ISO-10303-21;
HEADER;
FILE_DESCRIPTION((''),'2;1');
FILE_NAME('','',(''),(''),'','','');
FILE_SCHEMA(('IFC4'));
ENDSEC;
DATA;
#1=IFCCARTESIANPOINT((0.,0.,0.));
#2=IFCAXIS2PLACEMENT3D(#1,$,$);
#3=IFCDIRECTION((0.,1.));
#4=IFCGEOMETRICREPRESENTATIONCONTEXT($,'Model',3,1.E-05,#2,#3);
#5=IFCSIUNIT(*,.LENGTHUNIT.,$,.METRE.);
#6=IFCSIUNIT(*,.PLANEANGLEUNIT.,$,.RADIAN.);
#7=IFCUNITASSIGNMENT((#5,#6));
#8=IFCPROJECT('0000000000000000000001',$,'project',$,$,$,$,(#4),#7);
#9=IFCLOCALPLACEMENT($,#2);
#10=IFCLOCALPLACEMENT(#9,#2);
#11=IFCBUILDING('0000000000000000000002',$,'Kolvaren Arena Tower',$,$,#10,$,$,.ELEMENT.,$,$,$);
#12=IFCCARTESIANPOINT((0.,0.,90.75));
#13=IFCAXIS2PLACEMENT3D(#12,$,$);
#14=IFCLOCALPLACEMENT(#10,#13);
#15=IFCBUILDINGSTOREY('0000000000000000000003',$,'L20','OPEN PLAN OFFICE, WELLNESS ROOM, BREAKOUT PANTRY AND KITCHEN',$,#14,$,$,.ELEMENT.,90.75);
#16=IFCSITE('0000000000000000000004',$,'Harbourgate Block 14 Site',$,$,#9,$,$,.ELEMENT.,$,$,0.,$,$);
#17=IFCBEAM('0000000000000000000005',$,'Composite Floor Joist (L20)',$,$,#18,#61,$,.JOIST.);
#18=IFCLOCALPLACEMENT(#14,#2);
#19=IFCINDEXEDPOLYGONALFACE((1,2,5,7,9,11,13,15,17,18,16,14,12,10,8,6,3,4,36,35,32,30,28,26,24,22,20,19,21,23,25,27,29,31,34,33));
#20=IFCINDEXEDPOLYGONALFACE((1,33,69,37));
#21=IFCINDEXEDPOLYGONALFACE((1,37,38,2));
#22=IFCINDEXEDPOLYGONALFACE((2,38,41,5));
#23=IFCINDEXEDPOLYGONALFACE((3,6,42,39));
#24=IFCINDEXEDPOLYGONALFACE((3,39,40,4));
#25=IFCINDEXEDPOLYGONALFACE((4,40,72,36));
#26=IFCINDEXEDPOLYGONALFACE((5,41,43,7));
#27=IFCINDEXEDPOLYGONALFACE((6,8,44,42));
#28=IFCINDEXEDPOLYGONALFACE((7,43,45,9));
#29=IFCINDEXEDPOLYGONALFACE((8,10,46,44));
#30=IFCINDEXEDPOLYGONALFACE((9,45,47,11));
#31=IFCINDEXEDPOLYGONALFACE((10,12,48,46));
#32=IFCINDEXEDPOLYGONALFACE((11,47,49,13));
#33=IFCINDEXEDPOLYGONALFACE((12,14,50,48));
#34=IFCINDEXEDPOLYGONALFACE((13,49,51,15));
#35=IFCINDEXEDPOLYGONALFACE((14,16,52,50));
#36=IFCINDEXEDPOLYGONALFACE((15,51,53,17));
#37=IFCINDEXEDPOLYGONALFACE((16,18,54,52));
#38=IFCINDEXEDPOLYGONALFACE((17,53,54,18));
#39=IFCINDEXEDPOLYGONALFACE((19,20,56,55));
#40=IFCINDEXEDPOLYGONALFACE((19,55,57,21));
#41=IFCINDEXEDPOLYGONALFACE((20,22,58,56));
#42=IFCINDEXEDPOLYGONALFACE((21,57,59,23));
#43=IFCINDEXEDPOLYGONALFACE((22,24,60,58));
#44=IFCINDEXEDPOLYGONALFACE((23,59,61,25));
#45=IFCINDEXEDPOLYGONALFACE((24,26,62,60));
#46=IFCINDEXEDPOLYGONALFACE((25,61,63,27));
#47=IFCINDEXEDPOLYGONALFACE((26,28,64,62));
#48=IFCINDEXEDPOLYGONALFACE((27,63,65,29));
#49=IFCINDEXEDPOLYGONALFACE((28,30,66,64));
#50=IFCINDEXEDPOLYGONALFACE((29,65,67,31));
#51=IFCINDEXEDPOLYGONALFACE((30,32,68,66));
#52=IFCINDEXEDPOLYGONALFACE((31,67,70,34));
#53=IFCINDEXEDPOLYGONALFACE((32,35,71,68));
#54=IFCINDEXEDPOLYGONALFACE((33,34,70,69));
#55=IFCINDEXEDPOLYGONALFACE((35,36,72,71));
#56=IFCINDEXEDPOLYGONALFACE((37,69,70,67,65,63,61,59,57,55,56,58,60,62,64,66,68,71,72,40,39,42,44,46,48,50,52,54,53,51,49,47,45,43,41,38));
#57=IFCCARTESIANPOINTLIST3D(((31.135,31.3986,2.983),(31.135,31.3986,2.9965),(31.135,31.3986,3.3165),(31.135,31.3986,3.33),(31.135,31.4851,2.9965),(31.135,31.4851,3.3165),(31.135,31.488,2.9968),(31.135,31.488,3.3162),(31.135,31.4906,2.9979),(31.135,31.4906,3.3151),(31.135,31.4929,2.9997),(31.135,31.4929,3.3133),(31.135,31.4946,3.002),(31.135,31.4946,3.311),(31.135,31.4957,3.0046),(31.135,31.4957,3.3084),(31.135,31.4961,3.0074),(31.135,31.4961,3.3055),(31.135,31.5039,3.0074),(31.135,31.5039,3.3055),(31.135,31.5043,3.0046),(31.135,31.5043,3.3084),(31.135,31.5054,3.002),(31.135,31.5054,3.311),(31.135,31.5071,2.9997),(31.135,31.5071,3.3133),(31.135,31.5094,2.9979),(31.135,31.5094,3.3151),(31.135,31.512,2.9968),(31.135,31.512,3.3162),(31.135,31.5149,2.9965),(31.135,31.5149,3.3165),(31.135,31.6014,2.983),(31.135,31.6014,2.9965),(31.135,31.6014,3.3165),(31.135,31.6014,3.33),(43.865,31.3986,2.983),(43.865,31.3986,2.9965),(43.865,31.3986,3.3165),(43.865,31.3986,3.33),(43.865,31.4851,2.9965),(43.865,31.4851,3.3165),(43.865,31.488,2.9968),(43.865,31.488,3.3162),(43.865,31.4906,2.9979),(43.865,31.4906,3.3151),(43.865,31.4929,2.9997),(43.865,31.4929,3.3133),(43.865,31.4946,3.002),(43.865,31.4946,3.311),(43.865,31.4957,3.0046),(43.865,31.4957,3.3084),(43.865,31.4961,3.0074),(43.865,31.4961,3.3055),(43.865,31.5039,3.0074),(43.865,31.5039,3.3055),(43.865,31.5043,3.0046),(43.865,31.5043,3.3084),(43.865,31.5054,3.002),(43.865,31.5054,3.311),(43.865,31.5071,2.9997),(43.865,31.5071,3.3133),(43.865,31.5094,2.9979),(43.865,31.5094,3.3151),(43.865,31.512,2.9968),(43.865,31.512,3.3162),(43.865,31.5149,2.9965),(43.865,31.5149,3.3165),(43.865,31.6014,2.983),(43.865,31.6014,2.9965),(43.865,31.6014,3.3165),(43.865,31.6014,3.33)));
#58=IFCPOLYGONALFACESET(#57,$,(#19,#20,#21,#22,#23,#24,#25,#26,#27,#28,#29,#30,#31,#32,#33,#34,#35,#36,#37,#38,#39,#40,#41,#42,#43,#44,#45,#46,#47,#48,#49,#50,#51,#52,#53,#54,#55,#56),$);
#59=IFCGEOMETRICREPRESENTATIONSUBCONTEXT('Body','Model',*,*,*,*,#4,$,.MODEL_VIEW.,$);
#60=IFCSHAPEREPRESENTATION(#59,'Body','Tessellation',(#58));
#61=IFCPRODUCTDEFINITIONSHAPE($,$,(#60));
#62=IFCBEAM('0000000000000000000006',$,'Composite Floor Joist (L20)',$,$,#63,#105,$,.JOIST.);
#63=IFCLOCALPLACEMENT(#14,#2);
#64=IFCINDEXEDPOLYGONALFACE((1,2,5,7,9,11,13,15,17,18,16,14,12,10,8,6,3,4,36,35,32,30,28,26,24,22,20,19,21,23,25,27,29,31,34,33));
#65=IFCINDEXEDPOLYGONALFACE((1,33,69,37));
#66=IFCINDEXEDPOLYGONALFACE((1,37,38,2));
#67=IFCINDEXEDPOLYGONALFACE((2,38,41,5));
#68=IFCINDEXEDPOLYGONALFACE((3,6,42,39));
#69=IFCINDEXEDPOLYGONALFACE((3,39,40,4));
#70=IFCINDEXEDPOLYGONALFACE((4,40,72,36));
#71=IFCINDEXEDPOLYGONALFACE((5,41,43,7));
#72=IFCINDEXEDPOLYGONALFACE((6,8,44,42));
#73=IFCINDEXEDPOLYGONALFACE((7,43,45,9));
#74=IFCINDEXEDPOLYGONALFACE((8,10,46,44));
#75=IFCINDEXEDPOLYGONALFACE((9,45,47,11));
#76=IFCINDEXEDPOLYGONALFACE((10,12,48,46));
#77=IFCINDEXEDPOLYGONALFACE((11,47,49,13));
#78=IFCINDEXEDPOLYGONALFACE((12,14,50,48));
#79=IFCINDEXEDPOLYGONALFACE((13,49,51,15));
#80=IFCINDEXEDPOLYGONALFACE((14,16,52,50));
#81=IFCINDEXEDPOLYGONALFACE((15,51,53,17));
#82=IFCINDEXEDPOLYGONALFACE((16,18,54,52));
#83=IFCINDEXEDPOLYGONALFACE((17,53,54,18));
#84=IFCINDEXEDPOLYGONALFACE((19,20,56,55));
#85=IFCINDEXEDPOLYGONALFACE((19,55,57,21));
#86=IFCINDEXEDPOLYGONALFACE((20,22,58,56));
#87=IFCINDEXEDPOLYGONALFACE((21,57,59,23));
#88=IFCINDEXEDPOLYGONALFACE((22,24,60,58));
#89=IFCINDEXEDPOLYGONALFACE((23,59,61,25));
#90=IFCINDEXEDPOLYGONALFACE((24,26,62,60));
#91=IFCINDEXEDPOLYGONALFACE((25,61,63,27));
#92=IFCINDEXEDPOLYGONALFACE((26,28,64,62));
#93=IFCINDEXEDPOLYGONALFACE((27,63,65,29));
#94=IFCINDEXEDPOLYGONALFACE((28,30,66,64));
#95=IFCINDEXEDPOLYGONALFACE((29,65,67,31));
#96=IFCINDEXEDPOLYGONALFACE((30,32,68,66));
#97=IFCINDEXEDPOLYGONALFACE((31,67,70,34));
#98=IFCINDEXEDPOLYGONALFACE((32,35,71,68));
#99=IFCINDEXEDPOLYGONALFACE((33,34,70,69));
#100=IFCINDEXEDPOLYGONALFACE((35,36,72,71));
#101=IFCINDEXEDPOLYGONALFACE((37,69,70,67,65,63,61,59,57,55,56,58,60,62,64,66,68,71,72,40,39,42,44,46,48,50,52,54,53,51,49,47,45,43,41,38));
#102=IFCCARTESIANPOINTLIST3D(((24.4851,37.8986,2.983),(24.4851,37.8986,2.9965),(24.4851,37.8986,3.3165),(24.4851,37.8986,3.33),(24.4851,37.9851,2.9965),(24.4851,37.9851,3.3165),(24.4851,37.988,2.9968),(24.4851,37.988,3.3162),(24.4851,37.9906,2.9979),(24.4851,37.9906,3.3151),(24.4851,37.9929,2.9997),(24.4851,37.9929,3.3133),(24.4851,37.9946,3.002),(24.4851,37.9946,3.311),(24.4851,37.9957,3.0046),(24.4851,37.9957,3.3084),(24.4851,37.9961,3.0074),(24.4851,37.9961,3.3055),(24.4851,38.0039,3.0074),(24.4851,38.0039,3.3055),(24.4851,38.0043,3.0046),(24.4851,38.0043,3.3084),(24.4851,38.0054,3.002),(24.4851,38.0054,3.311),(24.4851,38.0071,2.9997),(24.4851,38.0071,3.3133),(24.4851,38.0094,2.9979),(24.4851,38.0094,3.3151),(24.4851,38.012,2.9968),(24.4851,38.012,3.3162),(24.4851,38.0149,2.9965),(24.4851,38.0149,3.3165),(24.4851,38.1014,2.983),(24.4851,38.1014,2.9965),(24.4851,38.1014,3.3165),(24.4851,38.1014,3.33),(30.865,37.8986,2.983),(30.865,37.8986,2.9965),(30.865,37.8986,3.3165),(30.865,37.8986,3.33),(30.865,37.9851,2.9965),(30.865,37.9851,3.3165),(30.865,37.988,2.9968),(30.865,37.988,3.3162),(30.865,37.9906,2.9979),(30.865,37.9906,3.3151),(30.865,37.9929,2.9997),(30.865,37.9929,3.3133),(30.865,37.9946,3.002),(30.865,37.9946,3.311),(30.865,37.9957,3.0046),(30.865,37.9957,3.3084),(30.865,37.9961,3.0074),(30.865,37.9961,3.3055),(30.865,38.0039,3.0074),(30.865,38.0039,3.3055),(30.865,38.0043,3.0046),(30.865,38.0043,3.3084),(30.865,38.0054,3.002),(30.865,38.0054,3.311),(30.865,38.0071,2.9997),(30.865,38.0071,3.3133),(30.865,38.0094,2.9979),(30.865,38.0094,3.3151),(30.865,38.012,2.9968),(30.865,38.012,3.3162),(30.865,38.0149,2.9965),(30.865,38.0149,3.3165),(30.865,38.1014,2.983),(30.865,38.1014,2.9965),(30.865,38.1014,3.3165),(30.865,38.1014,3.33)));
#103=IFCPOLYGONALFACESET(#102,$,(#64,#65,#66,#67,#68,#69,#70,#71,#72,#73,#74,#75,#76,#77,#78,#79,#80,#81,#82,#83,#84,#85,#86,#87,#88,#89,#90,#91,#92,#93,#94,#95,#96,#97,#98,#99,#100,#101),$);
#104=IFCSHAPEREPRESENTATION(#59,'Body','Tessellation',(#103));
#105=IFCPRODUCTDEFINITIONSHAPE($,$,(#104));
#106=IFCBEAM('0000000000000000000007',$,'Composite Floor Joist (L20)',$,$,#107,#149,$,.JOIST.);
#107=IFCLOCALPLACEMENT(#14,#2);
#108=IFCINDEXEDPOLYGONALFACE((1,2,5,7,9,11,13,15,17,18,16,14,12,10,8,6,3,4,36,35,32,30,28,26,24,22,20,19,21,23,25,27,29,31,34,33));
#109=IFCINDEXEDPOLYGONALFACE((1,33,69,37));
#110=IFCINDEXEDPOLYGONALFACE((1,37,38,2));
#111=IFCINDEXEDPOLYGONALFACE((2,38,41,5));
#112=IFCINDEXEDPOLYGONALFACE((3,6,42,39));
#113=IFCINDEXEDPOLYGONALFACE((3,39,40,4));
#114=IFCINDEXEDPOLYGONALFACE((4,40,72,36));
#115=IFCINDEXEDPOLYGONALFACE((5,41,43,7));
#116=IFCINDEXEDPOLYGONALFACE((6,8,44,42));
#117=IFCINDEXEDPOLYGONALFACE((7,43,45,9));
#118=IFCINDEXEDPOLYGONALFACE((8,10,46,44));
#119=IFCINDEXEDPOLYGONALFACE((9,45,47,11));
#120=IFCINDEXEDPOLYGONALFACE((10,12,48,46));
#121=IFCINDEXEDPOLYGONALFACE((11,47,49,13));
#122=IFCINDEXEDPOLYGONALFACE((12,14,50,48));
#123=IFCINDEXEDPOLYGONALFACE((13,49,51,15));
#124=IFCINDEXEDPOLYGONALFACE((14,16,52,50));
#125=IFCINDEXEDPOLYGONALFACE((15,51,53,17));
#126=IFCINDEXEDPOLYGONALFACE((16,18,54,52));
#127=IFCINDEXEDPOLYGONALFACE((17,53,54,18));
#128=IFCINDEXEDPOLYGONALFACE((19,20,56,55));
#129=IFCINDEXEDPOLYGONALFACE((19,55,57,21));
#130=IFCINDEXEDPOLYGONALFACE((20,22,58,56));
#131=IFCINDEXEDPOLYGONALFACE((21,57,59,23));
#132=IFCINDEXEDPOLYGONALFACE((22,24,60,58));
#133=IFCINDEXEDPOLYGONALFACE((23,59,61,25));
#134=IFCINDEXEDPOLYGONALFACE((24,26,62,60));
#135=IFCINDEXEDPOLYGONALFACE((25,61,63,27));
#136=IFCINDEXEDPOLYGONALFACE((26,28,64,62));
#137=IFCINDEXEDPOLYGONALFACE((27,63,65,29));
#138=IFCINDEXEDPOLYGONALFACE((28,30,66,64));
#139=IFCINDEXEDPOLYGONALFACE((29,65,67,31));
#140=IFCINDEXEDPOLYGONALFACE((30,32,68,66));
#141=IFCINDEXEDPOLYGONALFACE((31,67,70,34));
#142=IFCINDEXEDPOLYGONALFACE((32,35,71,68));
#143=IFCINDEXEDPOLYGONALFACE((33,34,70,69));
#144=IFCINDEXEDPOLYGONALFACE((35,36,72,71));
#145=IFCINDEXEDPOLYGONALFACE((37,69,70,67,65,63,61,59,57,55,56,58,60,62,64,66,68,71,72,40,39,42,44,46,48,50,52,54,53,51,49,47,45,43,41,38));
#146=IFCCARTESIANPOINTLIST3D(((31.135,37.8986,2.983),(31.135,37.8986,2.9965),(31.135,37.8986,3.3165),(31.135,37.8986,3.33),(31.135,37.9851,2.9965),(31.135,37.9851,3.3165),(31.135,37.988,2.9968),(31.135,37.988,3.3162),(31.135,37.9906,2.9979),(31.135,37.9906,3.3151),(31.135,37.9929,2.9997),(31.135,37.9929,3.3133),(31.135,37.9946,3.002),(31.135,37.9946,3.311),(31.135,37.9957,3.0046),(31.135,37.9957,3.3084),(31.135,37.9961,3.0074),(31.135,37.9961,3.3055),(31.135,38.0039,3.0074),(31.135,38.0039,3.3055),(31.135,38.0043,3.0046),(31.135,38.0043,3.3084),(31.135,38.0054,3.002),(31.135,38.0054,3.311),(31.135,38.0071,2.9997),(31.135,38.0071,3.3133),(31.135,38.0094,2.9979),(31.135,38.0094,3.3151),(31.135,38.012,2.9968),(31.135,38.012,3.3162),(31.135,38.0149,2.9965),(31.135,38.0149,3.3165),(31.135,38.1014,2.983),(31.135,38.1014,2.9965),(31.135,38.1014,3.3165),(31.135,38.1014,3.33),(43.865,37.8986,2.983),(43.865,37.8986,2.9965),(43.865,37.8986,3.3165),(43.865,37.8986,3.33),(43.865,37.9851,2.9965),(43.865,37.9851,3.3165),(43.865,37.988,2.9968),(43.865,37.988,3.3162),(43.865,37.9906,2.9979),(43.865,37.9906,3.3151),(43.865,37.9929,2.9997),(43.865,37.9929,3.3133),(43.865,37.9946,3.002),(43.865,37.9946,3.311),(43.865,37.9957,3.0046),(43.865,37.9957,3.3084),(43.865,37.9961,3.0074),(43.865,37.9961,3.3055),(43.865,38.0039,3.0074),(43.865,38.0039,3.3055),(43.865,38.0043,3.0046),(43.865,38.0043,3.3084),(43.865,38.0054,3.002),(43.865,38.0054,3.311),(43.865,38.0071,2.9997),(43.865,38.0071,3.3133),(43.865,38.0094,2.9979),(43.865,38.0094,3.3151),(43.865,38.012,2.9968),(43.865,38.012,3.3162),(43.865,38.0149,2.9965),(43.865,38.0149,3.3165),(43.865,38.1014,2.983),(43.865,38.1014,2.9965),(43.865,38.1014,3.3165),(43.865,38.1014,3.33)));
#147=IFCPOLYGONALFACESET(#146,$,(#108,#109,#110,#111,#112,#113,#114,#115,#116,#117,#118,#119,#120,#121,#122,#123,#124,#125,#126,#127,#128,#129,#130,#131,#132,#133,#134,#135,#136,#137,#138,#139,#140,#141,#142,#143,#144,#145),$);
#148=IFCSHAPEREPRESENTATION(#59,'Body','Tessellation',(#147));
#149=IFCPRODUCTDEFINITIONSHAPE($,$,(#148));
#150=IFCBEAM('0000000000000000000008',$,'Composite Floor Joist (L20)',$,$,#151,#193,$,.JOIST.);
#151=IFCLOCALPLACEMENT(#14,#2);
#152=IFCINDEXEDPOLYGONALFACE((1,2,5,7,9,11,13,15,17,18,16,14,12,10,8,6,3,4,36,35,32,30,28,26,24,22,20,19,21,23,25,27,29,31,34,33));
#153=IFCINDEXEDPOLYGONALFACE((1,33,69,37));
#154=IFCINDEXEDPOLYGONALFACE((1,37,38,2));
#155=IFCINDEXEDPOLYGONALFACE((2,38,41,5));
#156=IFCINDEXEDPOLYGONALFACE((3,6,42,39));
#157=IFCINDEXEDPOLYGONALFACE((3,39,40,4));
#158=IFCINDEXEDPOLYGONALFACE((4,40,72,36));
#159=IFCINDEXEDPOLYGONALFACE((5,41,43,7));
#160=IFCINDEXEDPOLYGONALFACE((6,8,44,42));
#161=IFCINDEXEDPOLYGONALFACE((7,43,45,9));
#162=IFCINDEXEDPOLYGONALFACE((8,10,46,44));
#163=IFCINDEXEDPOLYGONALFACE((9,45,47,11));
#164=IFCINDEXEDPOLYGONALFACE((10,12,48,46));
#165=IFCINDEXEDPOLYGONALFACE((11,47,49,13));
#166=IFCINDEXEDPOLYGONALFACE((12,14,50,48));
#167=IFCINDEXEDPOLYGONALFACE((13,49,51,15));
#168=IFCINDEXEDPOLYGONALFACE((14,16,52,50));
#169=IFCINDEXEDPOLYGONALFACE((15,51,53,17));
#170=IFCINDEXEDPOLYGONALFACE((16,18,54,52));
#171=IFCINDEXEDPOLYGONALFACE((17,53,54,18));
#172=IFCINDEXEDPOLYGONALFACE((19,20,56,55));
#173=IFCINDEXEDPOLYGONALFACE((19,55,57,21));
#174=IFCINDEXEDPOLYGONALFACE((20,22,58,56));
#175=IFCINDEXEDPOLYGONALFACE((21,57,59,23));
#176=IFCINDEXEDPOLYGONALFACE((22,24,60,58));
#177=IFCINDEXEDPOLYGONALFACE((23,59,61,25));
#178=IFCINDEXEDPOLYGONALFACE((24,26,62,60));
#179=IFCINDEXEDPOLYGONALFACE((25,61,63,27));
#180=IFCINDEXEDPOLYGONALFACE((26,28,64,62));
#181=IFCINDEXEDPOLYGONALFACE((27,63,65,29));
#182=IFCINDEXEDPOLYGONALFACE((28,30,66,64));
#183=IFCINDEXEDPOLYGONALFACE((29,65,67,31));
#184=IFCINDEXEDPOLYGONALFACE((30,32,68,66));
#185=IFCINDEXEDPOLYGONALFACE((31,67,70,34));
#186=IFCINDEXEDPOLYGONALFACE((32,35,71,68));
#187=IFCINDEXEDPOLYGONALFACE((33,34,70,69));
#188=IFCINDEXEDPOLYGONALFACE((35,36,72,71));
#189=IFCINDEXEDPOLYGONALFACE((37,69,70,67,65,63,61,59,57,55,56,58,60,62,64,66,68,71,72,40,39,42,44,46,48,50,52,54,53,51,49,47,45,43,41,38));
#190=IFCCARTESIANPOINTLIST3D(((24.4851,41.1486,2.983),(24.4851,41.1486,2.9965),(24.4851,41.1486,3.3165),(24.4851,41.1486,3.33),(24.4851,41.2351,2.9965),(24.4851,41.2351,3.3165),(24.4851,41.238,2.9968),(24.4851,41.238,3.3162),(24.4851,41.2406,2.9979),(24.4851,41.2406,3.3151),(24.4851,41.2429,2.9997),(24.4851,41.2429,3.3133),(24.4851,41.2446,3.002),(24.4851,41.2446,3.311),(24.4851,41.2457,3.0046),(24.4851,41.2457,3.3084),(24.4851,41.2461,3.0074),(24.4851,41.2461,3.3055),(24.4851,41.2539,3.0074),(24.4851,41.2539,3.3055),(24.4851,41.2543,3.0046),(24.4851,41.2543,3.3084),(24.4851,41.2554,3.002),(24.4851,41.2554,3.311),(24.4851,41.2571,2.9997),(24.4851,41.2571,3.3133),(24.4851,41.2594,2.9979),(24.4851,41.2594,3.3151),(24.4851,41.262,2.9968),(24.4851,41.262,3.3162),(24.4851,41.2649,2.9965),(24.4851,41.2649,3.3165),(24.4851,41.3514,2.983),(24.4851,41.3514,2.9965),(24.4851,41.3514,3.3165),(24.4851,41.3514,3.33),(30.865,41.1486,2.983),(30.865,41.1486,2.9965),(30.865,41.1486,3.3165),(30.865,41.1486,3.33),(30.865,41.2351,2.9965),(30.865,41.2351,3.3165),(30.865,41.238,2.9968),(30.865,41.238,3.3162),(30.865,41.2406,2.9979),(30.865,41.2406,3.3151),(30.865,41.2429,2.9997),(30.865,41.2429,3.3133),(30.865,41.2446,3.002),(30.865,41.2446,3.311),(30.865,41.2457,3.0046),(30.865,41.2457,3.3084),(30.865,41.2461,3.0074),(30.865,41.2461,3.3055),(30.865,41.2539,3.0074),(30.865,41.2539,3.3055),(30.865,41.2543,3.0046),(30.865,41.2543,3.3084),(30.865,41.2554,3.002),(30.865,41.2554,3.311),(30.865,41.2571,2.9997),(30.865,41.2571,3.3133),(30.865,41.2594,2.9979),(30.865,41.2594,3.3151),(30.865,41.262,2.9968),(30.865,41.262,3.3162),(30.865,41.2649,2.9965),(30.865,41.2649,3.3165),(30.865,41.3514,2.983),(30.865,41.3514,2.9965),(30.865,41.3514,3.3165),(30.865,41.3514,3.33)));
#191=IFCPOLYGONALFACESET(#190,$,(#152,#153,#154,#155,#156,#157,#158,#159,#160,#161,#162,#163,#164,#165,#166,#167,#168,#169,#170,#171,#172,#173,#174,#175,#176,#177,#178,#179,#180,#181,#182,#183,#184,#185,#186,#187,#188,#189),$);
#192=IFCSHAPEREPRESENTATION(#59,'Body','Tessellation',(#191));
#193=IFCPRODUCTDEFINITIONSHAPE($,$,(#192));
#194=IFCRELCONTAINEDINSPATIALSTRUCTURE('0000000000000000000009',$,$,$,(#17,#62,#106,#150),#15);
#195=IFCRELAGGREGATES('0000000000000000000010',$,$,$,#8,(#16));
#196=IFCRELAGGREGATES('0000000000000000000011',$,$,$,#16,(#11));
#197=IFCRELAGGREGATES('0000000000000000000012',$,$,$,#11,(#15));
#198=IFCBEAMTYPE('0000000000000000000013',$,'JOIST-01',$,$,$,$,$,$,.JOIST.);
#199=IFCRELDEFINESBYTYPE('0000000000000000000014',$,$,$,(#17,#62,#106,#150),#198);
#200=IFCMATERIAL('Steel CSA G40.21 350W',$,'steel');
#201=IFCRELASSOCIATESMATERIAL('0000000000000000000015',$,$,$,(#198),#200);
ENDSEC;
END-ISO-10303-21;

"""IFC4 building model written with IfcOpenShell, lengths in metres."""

from ifc_helpers import new_model, si_unit, direction, frame, origin, origin_2d, place, context, subcontext, project, spatial, i_section, extrude, material, material_profile, profile_set, type_object, element, save


model = new_model("IFC4")

# Units and contexts
model_context = context("Model", 3, precision=1e-05, world=origin(), true_north=direction((0.0, 1.0)))
body_context = subcontext(model_context, "Body", "Model", "MODEL_VIEW")
ifc_project = project(units=[si_unit("LENGTHUNIT", "METRE"), si_unit("PLANEANGLEUNIT", "RADIAN")], contexts=[model_context])

# Site, building, storey
site_placement = place(None, origin())
site = spatial("IfcSite", under=ifc_project, at=site_placement, Name="Harbourgate Block 14 Site", CompositionType="ELEMENT", RefElevation=0.0)
building_placement = place(site_placement, origin())
building = spatial("IfcBuilding", under=site, at=building_placement, Name="Kolvaren Arena Tower", CompositionType="ELEMENT")
storey_placement = place(building_placement, frame((0.0, 0.0, 90.75)))
storey = spatial("IfcBuildingStorey", under=building, at=storey_placement, Name="L20", Description="OPEN PLAN OFFICE, WELLNESS ROOM, BREAKOUT PANTRY AND KITCHEN", CompositionType="ELEMENT", Elevation=90.75)

# Beams
ifc_material_1 = material(Name="Steel CSA G40.21 350W", Category="steel")
ifc_material_profile_1 = material_profile(ifc_material_1, i_section(OverallWidth=0.2029, OverallDepth=0.3469, WebThickness=0.0078, FlangeThickness=0.0134, FilletRadius=0.011, at=origin_2d()), Name="W360x64")
ifc_profile_set_1 = profile_set([ifc_material_profile_1], Name="Steel CSA G40.21 350W")
beam_type_1 = type_object("IfcBeamType", Name="JOIST-01", PredefinedType="JOIST", material=ifc_profile_set_1)
beam_1_placement = place(storey_placement, frame((31.135, 31.5, 3.1565), z_axis=(1.0, 0.0, 0.0), x_axis=(0.0, 1.0, 0.0)))
element("IfcBeam", 1, at=beam_1_placement, inside=storey, type_object=beam_type_1, Name="Composite Floor Joist (L20)", PredefinedType="JOIST", context=body_context, shape_type="SweptSolid", body=[
    extrude(i_section(OverallWidth=0.2029, OverallDepth=0.3469, WebThickness=0.0078, FlangeThickness=0.0134, FilletRadius=0.011, at=origin_2d()), origin(), (0.0, 0.0, 1.0), 12.73),
])
beam_2_placement = place(storey_placement, frame((24.4851, 38.0, 3.1565), z_axis=(1.0, 0.0, 0.0), x_axis=(0.0, 1.0, 0.0)))
element("IfcBeam", 2, at=beam_2_placement, inside=storey, type_object=beam_type_1, Name="Composite Floor Joist (L20)", PredefinedType="JOIST", context=body_context, shape_type="SweptSolid", body=[
    extrude(i_section(OverallWidth=0.2029, OverallDepth=0.3469, WebThickness=0.0078, FlangeThickness=0.0134, FilletRadius=0.011, at=origin_2d()), origin(), (0.0, 0.0, 1.0), 6.3799),
])
beam_3_placement = place(storey_placement, frame((31.135, 38.0, 3.1565), z_axis=(1.0, 0.0, 0.0), x_axis=(0.0, 1.0, 0.0)))
element("IfcBeam", 3, at=beam_3_placement, inside=storey, type_object=beam_type_1, Name="Composite Floor Joist (L20)", PredefinedType="JOIST", context=body_context, shape_type="SweptSolid", body=[
    extrude(i_section(OverallWidth=0.2029, OverallDepth=0.3469, WebThickness=0.0078, FlangeThickness=0.0134, FilletRadius=0.011, at=origin_2d()), origin(), (0.0, 0.0, 1.0), 12.73),
])
beam_4_placement = place(storey_placement, frame((24.4851, 41.25, 3.1565), z_axis=(1.0, 0.0, 0.0), x_axis=(0.0, 1.0, 0.0)))
element("IfcBeam", 4, at=beam_4_placement, inside=storey, type_object=beam_type_1, Name="Composite Floor Joist (L20)", PredefinedType="JOIST", context=body_context, shape_type="SweptSolid", body=[
    extrude(i_section(OverallWidth=0.2029, OverallDepth=0.3469, WebThickness=0.0078, FlangeThickness=0.0134, FilletRadius=0.011, at=origin_2d()), origin(), (0.0, 0.0, 1.0), 6.3799),
])

save(model, "model.ifc")
